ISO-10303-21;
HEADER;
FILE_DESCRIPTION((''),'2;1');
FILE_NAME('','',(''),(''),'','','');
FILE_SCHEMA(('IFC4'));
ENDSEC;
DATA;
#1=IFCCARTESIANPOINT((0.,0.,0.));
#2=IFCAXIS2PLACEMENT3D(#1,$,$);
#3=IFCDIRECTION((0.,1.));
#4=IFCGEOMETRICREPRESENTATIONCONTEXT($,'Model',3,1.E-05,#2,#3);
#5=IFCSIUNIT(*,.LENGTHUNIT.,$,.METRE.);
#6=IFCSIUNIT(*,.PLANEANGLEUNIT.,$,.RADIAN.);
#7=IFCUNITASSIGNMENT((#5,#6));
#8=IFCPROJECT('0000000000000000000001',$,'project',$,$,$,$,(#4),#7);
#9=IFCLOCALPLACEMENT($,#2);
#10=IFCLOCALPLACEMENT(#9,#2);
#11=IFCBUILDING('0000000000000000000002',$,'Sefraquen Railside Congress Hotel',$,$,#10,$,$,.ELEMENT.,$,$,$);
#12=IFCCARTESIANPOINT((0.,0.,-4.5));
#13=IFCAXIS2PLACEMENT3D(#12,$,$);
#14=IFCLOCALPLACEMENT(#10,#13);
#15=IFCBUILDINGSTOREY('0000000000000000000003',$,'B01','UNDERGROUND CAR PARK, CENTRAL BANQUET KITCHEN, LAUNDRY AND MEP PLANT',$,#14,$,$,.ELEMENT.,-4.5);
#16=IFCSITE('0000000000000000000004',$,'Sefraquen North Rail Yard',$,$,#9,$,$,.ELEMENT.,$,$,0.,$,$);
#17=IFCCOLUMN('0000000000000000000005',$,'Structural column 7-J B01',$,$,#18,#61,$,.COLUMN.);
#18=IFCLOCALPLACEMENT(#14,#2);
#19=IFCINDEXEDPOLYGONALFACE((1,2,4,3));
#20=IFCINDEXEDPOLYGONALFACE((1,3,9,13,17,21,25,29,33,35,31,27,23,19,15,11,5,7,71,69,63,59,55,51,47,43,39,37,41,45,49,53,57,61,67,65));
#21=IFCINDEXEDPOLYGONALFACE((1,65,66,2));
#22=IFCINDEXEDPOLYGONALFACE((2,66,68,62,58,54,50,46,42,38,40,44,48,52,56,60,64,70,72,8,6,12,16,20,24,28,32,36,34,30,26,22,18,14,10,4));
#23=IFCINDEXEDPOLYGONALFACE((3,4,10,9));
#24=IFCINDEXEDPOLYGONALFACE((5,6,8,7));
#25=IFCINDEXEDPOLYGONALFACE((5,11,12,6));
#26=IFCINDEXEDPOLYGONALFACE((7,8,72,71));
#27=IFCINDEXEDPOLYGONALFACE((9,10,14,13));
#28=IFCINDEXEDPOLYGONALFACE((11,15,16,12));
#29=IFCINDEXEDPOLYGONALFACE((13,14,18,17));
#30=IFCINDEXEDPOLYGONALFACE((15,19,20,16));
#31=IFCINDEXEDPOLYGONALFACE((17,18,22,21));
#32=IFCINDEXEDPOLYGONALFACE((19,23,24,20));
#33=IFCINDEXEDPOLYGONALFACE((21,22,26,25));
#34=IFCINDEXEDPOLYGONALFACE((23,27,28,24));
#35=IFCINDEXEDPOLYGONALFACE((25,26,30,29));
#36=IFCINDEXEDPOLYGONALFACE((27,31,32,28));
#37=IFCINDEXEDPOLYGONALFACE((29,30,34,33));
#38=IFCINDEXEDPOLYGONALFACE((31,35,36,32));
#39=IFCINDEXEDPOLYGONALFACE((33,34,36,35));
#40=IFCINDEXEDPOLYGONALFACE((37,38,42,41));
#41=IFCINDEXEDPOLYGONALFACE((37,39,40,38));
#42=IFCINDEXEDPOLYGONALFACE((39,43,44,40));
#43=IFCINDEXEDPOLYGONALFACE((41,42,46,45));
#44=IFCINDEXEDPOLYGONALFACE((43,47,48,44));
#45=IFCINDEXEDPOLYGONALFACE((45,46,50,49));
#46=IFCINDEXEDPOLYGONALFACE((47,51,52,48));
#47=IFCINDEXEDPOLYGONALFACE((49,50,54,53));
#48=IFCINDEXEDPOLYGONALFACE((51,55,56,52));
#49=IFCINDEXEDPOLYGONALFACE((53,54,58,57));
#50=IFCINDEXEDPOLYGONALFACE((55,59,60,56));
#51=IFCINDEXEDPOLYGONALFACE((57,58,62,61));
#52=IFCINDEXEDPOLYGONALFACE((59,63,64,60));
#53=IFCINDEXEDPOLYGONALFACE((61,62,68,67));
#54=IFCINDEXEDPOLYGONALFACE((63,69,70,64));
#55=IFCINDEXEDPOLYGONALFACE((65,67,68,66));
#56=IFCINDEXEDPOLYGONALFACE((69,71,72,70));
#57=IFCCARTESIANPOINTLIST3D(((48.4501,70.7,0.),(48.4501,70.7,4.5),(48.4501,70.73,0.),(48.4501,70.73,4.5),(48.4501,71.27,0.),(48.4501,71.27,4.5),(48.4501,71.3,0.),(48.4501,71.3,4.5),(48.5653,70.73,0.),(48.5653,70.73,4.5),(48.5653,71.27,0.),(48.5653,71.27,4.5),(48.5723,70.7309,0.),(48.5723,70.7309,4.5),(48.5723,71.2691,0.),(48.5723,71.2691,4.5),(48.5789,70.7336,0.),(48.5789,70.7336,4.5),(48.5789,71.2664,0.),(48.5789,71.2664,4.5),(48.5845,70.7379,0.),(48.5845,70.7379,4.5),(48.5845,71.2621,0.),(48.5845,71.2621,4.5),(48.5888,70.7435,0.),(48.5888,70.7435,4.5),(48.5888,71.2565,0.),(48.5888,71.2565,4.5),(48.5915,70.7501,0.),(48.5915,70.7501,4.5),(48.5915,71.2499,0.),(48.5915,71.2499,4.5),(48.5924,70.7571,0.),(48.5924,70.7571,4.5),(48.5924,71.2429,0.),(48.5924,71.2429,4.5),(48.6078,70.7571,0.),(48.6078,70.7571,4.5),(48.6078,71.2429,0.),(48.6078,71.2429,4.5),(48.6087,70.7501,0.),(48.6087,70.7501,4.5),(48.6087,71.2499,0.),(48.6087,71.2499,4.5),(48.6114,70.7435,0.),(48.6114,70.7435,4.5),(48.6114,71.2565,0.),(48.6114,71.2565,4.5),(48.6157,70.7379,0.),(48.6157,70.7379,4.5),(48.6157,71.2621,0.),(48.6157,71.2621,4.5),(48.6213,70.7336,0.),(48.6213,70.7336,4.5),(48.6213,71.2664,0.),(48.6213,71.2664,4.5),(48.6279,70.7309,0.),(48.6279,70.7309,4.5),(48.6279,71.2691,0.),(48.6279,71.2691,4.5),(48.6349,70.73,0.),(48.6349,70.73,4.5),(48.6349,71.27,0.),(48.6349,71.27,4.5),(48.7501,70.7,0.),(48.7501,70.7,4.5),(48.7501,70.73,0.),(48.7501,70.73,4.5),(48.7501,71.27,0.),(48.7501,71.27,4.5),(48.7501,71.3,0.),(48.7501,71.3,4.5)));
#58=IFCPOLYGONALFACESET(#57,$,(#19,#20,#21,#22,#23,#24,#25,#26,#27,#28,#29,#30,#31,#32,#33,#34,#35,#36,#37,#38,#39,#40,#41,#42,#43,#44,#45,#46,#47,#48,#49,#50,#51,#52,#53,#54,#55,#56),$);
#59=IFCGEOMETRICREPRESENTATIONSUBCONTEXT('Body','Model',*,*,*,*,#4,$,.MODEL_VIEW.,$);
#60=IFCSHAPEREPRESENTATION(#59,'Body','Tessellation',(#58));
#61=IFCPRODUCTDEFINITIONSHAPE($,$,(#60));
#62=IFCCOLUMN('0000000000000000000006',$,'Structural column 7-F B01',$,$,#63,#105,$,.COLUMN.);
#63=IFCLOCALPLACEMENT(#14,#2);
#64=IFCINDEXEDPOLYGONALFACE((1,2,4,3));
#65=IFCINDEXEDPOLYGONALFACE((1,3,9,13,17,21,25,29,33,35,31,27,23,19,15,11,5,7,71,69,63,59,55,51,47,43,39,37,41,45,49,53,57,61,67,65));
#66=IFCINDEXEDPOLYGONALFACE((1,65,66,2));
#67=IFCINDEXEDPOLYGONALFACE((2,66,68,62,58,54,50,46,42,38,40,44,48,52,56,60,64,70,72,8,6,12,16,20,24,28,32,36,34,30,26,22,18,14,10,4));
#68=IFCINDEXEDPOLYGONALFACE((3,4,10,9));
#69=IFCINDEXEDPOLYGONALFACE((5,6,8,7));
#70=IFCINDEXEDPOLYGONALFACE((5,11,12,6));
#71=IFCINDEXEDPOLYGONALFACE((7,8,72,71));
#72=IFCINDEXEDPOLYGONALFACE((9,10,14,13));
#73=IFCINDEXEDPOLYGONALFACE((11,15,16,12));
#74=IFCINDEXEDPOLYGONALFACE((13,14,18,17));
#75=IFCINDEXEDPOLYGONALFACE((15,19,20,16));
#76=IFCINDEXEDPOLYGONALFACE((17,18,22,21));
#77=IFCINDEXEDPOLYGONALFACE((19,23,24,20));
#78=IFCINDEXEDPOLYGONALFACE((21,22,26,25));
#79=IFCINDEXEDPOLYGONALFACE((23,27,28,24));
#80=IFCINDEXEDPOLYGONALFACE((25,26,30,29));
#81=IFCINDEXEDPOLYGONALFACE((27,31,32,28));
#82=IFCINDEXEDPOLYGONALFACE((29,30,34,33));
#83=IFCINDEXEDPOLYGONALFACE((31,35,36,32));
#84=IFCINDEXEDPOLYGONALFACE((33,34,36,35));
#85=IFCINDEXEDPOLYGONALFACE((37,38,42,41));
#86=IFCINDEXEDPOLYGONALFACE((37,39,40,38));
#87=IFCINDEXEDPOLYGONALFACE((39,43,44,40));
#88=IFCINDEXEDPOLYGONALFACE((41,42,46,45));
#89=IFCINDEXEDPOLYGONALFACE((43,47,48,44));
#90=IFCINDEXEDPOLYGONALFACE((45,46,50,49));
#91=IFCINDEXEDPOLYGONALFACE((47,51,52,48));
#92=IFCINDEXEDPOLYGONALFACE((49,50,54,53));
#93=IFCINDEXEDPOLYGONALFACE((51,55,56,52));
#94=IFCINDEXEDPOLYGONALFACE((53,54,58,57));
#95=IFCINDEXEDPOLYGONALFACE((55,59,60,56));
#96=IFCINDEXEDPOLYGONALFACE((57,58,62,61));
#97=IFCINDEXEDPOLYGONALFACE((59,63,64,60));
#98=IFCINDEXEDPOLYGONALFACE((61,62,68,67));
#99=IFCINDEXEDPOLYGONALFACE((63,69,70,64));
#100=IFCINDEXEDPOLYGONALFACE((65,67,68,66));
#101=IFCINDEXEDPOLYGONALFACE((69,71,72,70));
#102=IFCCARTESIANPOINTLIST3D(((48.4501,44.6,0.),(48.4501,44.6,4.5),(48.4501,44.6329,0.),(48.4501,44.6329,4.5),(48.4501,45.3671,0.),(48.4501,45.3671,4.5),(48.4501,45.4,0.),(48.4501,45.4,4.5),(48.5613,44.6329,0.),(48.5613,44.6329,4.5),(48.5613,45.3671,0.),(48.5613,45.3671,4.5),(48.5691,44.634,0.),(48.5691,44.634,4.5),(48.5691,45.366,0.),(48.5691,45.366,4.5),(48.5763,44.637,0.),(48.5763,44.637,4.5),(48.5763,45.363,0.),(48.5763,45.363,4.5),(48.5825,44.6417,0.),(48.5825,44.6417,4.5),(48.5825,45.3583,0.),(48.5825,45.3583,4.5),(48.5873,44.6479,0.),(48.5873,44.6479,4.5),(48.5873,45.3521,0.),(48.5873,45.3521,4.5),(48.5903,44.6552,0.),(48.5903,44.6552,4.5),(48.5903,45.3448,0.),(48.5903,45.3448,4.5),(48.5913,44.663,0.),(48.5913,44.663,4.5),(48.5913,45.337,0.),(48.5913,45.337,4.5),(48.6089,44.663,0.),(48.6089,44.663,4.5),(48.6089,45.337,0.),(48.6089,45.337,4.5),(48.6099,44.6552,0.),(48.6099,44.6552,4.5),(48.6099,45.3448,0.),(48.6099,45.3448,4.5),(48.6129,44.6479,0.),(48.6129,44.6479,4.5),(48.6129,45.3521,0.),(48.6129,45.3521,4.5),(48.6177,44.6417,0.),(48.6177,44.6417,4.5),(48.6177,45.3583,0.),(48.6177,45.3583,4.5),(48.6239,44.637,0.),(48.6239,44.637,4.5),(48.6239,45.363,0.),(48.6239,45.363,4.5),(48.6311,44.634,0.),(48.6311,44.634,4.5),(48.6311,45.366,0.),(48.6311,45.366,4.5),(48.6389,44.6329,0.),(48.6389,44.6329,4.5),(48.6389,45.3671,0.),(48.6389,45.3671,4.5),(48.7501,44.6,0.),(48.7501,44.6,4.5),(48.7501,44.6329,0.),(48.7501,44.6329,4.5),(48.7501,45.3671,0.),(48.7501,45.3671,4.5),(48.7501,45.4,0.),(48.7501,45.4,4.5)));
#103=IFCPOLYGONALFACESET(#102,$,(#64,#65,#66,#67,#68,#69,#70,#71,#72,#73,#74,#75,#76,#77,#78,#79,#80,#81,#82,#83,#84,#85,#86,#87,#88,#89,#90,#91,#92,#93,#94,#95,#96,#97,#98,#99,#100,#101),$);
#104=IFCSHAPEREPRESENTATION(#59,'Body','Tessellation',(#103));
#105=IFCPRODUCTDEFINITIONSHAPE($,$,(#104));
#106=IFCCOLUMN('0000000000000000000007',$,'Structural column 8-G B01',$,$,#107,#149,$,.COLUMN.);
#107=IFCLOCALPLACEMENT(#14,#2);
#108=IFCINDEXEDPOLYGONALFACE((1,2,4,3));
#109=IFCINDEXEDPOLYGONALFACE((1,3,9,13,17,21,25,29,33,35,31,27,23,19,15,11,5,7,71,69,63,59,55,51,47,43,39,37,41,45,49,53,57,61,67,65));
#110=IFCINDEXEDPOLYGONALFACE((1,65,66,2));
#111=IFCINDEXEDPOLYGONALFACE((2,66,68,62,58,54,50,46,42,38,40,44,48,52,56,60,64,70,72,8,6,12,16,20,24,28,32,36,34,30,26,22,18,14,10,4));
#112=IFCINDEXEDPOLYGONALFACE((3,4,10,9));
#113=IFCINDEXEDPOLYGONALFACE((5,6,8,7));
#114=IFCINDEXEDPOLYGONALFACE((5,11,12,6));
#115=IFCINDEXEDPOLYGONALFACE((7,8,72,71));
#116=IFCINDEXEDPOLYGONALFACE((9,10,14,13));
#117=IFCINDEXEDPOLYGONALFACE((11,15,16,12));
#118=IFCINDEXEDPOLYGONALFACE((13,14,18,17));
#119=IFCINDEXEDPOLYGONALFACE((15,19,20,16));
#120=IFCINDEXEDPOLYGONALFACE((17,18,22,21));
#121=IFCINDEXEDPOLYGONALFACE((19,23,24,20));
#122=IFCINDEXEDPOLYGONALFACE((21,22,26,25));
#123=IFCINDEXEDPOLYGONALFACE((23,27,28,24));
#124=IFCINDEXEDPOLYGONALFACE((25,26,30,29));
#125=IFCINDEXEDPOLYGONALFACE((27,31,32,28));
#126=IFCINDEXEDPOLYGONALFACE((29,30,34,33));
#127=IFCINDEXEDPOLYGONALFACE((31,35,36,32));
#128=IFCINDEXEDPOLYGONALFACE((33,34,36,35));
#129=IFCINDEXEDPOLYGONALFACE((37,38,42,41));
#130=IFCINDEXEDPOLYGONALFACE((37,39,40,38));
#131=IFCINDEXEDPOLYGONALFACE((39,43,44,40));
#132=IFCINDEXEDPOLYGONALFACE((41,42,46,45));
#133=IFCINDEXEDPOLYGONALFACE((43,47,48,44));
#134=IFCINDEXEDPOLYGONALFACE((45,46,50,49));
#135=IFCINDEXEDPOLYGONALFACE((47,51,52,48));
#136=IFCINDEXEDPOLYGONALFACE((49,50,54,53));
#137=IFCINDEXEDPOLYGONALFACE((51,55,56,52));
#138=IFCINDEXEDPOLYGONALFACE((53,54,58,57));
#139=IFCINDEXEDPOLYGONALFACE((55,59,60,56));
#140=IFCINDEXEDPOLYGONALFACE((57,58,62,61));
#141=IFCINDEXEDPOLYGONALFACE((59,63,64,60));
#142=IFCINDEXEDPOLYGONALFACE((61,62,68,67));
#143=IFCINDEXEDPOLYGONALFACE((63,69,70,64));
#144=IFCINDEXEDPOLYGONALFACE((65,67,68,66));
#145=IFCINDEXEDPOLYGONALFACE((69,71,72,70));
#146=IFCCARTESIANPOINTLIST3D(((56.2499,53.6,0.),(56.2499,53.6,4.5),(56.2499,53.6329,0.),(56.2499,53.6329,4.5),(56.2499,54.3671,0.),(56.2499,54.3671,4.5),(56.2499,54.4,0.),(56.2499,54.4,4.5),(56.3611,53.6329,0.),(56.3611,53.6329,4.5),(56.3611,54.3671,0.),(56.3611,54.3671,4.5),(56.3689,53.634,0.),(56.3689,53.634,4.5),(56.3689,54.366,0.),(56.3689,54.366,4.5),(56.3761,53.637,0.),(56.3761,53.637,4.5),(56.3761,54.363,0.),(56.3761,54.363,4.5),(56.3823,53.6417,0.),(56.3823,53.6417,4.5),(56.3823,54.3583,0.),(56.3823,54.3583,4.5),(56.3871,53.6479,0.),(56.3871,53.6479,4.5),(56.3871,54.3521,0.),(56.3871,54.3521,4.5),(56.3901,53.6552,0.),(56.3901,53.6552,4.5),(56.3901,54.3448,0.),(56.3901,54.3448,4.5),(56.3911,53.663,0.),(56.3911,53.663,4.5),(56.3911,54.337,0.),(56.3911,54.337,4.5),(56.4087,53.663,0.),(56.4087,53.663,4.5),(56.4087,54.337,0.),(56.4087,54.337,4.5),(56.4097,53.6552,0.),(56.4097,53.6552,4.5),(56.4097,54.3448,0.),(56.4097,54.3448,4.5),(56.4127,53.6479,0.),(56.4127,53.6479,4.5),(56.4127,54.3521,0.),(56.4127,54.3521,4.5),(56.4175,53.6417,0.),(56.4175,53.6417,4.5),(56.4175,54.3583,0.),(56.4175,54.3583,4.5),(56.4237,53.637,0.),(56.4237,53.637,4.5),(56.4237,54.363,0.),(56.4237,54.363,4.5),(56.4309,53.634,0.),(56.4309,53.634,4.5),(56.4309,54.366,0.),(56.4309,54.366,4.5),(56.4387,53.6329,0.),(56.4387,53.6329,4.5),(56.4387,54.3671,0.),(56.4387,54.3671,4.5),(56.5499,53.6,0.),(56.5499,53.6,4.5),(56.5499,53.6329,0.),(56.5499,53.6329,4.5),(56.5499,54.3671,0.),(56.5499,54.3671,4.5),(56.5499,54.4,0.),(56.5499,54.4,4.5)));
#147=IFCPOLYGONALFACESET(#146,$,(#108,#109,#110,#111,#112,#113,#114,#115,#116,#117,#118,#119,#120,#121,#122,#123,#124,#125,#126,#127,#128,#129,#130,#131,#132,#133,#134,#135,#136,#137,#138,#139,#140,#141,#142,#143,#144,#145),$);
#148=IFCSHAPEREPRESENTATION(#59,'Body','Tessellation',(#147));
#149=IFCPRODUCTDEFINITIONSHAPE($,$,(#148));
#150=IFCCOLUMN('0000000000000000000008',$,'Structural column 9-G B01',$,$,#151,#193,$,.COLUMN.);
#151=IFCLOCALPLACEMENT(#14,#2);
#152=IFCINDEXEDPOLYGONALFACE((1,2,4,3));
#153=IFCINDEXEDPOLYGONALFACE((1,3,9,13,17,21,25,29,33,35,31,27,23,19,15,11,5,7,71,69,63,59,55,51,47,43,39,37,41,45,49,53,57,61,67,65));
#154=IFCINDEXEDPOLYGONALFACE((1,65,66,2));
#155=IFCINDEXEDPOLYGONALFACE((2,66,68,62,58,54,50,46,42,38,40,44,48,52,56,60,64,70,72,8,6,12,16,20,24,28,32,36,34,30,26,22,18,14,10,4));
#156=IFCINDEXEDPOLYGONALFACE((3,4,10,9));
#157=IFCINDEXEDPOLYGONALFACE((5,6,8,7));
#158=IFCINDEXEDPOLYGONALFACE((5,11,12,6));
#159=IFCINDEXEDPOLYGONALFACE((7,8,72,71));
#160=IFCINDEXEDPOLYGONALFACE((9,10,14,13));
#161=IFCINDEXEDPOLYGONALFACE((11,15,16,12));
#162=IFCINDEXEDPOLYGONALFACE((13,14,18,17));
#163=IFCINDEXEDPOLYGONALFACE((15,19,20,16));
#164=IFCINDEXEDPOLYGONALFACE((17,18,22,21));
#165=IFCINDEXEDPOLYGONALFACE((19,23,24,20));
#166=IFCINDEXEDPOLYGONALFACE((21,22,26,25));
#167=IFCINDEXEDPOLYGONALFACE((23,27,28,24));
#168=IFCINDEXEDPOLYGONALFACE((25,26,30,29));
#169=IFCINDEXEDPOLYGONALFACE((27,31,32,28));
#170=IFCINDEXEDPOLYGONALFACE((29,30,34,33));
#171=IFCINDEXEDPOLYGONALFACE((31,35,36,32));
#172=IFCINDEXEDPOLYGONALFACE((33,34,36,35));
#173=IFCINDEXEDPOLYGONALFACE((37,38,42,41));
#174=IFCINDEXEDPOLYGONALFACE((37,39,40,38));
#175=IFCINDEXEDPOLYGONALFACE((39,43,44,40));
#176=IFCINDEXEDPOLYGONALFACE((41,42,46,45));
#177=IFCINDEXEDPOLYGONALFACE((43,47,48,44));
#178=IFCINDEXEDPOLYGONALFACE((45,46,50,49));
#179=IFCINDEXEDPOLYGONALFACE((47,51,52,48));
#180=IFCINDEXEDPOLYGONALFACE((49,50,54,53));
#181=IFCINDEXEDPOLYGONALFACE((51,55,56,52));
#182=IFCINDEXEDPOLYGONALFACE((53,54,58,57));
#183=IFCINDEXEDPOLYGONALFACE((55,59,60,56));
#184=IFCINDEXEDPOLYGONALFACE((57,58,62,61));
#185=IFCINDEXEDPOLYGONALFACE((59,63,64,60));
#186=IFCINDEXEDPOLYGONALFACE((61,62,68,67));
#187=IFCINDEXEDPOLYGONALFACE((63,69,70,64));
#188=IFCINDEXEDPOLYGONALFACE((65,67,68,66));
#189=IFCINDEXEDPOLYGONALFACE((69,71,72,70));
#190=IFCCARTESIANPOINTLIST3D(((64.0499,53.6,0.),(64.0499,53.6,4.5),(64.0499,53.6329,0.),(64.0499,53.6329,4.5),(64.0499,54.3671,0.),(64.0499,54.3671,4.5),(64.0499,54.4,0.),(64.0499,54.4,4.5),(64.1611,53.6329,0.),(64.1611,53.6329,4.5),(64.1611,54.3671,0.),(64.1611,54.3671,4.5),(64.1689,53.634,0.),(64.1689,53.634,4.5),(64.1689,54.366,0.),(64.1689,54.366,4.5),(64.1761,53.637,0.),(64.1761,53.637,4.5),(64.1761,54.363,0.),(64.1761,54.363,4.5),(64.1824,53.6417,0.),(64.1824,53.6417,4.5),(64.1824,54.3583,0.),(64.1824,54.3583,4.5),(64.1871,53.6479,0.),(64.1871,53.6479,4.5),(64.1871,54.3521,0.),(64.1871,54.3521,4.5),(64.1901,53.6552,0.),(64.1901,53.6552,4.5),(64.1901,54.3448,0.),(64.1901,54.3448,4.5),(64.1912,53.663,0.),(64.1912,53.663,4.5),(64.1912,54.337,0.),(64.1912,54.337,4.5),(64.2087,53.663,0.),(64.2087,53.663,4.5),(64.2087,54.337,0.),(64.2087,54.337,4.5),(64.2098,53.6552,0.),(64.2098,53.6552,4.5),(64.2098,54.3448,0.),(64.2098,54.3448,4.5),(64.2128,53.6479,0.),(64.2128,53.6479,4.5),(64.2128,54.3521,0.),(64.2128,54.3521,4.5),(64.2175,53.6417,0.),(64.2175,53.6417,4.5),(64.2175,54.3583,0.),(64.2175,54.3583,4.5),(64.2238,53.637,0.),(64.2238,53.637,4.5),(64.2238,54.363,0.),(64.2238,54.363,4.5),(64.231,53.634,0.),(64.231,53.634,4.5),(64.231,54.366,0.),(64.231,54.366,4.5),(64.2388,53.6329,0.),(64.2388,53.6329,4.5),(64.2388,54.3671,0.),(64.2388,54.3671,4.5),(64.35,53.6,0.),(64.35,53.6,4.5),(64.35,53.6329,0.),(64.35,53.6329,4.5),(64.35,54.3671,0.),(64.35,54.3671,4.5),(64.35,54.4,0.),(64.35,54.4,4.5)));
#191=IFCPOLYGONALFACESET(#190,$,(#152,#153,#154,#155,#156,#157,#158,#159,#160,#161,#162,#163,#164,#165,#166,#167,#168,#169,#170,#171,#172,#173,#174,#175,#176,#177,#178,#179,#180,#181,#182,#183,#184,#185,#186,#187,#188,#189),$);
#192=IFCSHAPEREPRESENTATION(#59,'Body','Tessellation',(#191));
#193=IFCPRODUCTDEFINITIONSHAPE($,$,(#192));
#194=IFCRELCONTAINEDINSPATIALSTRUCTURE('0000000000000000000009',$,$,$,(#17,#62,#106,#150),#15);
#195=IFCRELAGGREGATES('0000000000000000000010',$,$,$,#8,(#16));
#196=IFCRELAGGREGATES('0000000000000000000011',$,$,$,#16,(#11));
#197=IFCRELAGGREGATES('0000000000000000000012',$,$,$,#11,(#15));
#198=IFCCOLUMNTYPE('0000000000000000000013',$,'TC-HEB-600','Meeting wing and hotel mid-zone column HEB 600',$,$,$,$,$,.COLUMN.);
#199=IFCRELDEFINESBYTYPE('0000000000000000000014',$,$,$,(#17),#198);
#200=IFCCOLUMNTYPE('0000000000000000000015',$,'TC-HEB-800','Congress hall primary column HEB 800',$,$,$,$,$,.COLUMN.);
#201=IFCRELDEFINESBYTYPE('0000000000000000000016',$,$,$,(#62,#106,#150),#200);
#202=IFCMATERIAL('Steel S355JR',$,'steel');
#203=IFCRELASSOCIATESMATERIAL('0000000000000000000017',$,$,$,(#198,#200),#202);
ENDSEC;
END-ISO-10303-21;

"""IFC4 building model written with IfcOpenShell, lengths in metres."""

from ifc_helpers import new_model, si_unit, direction, frame, origin, origin_2d, place, context, subcontext, project, spatial, i_section, extrude, material, material_profile, profile_set, type_object, element, save


model = new_model("IFC4")

# Units and contexts
model_context = context("Model", 3, precision=1e-05, world=origin(), true_north=direction((0.0, 1.0)))
body_context = subcontext(model_context, "Body", "Model", "MODEL_VIEW")
ifc_project = project(units=[si_unit("LENGTHUNIT", "METRE"), si_unit("PLANEANGLEUNIT", "RADIAN")], contexts=[model_context])

# Site, building, storey
site_placement = place(None, origin())
site = spatial("IfcSite", under=ifc_project, at=site_placement, Name="Sefraquen North Rail Yard", CompositionType="ELEMENT", RefElevation=0.0)
building_placement = place(site_placement, origin())
building = spatial("IfcBuilding", under=site, at=building_placement, Name="Sefraquen Railside Congress Hotel", CompositionType="ELEMENT")
storey_placement = place(building_placement, frame((0.0, 0.0, -4.5)))
storey = spatial("IfcBuildingStorey", under=building, at=storey_placement, Name="B01", Description="UNDERGROUND CAR PARK, CENTRAL BANQUET KITCHEN, LAUNDRY AND MEP PLANT", CompositionType="ELEMENT", Elevation=-4.5)

# Columns
ifc_material_1 = material(Name="Steel S355JR", Category="steel")
ifc_material_profile_1 = material_profile(ifc_material_1, i_section(OverallWidth=0.3, OverallDepth=0.6001, WebThickness=0.0154, FlangeThickness=0.03, FilletRadius=0.0271, at=origin_2d()), Name="HEB 600")
ifc_profile_set_1 = profile_set([ifc_material_profile_1], Name="Steel S355JR")
column_type_1 = type_object("IfcColumnType", Name="TC-HEB-600", Description="Meeting wing and hotel mid-zone column HEB 600", PredefinedType="COLUMN", material=ifc_profile_set_1)
for number, where, z_axis, x_axis, name in (
    (1, (48.6001, 71.0, 0.0), (0.0, 0.0, 1.0), (1.0, 0.0, 0.0), "Structural column 7-J B01"),
):
    element("IfcColumn", number, at=place(storey_placement, frame(where, z_axis=z_axis, x_axis=x_axis)), inside=storey, type_object=column_type_1, Name=name, PredefinedType="COLUMN", context=body_context, shape_type="SweptSolid", body=[
        extrude(i_section(OverallWidth=0.3, OverallDepth=0.6001, WebThickness=0.0154, FlangeThickness=0.03, FilletRadius=0.0271, at=origin_2d()), origin(), (0.0, 0.0, 1.0), 4.5),
    ])
ifc_material_profile_2 = material_profile(ifc_material_1, i_section(OverallWidth=0.3, OverallDepth=0.8, WebThickness=0.0176, FlangeThickness=0.033, FilletRadius=0.03, at=origin_2d()), Name="HEB 800")
ifc_profile_set_2 = profile_set([ifc_material_profile_2], Name="Steel S355JR")
column_type_2 = type_object("IfcColumnType", Name="TC-HEB-800", Description="Congress hall primary column HEB 800", PredefinedType="COLUMN", material=ifc_profile_set_2)
for number, where, z_axis, x_axis, name in (
    (2, (48.6001, 45.0, 0.0), (0.0, 0.0, 1.0), (1.0, 0.0, 0.0), "Structural column 7-F B01"),
    (3, (56.3999, 54.0, 0.0), (0.0, 0.0, 1.0), (1.0, 0.0, 0.0), "Structural column 8-G B01"),
    (4, (64.2, 54.0, 0.0), (0.0, 0.0, 1.0), (1.0, 0.0, 0.0), "Structural column 9-G B01"),
):
    element("IfcColumn", number, at=place(storey_placement, frame(where, z_axis=z_axis, x_axis=x_axis)), inside=storey, type_object=column_type_2, Name=name, PredefinedType="COLUMN", context=body_context, shape_type="SweptSolid", body=[
        extrude(i_section(OverallWidth=0.3, OverallDepth=0.8, WebThickness=0.0176, FlangeThickness=0.033, FilletRadius=0.03, at=origin_2d()), origin(), (0.0, 0.0, 1.0), 4.5),
    ])

save(model, "model.ifc")
